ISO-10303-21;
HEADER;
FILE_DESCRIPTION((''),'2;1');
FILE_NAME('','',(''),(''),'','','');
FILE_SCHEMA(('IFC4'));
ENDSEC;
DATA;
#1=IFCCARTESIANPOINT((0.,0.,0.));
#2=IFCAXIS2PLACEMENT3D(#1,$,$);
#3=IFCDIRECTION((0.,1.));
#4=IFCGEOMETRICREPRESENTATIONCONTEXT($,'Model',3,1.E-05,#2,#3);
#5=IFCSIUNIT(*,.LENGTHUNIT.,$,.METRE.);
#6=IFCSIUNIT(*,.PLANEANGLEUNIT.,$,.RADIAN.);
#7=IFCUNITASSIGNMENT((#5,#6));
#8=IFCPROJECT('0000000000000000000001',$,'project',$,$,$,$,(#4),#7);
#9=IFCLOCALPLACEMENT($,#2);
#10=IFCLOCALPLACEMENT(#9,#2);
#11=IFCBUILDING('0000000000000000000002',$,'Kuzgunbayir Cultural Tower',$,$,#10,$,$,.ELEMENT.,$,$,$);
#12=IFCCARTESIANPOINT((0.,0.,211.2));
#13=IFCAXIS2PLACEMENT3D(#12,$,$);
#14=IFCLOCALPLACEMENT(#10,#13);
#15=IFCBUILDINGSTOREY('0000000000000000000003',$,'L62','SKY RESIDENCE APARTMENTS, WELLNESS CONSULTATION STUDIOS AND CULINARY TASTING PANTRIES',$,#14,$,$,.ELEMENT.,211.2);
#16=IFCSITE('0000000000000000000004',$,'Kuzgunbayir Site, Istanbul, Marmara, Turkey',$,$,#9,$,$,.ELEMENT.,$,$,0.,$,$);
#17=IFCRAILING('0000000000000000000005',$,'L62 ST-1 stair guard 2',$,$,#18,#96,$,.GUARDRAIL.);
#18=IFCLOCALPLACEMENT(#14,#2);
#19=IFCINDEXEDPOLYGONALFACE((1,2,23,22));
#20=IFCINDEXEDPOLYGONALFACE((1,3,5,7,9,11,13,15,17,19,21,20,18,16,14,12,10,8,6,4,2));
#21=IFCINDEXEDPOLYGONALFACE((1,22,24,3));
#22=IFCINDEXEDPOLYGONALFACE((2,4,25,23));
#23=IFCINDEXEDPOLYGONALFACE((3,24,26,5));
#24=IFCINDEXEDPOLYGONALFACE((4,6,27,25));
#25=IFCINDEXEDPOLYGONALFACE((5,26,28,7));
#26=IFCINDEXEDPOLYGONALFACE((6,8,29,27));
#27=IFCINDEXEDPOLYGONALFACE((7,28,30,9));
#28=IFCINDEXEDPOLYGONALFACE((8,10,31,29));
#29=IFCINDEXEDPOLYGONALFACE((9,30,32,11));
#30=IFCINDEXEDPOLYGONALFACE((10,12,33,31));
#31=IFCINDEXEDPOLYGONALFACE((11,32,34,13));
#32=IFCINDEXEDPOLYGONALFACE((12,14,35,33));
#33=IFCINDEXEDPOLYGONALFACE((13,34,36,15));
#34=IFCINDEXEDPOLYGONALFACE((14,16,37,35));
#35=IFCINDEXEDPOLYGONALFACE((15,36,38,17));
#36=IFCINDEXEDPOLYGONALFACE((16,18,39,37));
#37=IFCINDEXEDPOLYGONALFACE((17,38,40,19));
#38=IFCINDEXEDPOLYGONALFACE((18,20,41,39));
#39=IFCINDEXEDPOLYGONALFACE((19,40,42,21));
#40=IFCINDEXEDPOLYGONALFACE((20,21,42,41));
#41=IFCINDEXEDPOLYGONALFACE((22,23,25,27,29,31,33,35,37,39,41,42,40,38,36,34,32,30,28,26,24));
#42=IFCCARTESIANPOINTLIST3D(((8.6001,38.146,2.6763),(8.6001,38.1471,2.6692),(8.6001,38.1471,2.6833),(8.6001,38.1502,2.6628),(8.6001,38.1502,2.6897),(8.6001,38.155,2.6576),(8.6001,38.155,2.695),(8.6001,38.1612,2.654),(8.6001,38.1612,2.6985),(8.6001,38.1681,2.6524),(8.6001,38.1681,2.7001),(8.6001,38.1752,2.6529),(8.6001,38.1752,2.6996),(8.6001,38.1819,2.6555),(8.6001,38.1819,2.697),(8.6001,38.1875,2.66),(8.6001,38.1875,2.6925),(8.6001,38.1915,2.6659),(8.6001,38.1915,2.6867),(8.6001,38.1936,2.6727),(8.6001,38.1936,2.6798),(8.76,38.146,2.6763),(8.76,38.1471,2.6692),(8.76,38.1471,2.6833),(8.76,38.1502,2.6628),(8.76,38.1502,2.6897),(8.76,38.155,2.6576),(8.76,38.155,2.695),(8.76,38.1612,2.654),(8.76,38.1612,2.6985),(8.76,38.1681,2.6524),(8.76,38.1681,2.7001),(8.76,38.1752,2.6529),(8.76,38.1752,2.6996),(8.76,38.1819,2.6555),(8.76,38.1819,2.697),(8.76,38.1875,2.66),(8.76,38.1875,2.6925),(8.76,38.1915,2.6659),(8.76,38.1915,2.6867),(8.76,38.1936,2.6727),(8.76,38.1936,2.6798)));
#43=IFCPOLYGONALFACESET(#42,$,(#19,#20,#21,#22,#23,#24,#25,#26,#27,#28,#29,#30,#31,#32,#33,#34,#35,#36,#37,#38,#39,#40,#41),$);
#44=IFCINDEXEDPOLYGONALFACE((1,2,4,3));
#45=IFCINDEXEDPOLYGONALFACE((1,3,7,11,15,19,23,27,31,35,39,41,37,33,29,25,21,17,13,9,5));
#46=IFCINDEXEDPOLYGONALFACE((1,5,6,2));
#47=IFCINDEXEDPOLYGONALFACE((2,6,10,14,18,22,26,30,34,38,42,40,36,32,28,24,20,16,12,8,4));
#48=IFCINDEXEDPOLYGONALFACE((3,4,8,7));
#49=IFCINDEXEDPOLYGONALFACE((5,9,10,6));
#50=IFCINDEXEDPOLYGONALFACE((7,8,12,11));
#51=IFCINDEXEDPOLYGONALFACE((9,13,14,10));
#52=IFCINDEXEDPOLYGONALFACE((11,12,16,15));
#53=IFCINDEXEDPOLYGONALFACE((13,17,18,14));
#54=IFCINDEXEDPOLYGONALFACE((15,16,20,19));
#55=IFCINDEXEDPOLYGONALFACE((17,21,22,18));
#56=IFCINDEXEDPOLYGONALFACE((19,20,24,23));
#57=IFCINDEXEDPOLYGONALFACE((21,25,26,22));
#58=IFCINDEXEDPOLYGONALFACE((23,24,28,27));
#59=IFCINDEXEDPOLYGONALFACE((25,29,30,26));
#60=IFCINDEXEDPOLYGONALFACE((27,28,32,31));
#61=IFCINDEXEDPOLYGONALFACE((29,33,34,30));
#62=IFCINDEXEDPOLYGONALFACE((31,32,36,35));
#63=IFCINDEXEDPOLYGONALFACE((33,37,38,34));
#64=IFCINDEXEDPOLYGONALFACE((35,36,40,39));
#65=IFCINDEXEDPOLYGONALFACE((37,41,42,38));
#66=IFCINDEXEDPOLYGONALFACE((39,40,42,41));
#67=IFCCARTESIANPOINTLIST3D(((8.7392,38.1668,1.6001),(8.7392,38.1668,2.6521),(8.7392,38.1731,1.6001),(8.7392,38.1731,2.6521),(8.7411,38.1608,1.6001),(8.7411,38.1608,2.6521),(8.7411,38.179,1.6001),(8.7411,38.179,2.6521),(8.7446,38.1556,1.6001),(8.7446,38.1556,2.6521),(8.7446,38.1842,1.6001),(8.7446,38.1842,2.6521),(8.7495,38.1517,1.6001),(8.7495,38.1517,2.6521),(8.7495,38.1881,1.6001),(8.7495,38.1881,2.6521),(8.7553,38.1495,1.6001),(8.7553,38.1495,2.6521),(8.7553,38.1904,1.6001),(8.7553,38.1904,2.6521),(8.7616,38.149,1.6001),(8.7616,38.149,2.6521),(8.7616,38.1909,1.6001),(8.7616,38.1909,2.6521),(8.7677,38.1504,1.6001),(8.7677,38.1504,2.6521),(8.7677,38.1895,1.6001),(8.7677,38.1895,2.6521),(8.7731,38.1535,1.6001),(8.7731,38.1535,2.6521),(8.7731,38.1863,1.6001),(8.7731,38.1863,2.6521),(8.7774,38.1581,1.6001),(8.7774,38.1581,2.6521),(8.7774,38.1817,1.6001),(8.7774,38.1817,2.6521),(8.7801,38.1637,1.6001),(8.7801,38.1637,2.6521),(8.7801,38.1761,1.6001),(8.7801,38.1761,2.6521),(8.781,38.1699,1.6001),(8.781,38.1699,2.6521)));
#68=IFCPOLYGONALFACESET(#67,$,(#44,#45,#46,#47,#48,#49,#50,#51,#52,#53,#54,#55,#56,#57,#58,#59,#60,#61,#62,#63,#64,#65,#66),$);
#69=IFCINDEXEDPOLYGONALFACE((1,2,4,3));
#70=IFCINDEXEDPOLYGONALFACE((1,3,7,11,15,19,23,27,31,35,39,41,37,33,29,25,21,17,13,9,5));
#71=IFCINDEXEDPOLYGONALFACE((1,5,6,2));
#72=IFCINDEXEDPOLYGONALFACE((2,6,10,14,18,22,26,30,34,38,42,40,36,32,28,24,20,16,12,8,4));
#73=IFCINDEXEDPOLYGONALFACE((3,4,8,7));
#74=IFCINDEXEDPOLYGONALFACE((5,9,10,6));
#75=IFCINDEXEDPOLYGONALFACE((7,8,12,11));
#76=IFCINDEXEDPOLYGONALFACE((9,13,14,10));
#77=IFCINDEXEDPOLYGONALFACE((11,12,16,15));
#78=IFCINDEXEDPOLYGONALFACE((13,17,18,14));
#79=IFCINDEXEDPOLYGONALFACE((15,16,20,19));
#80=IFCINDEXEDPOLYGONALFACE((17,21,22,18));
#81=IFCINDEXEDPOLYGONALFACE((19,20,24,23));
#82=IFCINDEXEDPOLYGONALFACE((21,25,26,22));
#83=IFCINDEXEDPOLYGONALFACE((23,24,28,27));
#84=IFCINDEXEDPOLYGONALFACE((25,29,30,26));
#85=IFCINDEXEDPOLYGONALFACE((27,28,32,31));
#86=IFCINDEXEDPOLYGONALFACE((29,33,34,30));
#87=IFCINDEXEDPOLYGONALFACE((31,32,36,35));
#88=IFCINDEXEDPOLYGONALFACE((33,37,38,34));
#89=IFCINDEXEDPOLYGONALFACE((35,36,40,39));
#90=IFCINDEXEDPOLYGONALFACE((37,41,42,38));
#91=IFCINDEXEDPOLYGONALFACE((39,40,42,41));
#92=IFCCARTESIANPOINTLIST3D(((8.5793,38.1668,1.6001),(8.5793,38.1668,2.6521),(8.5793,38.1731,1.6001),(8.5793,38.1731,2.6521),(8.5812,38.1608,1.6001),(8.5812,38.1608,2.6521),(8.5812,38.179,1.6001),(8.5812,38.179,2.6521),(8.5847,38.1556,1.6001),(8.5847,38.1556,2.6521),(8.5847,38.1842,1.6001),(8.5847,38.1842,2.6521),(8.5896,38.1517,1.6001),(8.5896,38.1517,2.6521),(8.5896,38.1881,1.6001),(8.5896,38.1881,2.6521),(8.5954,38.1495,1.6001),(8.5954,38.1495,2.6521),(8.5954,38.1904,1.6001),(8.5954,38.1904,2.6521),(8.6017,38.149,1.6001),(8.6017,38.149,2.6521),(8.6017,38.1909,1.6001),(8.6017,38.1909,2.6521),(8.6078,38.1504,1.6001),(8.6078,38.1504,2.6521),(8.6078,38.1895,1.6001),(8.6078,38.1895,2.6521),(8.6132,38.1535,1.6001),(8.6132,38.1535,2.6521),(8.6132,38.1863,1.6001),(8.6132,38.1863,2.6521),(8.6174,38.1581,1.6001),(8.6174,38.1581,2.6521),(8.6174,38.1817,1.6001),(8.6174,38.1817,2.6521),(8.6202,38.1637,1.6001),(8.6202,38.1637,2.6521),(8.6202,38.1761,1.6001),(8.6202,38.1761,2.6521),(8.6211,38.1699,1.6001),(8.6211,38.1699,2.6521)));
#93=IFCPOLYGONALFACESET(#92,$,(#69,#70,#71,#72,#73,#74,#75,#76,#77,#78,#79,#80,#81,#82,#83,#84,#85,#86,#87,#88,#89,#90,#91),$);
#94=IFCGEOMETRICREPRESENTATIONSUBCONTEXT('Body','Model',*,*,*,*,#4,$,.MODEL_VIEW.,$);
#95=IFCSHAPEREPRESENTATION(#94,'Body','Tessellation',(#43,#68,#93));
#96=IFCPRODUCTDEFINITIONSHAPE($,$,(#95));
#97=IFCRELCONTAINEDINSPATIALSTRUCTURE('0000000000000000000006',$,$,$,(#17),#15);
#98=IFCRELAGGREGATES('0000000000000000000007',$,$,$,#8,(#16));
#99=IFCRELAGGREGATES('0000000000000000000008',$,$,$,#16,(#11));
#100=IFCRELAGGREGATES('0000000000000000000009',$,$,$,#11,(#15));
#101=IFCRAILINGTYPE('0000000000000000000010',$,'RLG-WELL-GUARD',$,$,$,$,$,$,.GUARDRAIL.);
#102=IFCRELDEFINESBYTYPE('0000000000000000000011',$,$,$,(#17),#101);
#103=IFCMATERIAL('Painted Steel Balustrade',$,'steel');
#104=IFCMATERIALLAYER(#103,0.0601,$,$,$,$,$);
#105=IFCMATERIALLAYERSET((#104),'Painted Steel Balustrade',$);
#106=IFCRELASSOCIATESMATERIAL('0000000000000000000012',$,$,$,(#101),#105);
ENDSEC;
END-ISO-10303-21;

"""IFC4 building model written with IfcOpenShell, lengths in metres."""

from ifc_helpers import new_model, si_unit, direction, frame, origin, origin_2d, place, context, subcontext, project, spatial, circle, extrude, material, layer, layer_set, type_object, element, save


model = new_model("IFC4")

# Units and contexts
model_context = context("Model", 3, precision=1e-05, world=origin(), true_north=direction((0.0, 1.0)))
body_context = subcontext(model_context, "Body", "Model", "MODEL_VIEW")
ifc_project = project(units=[si_unit("LENGTHUNIT", "METRE"), si_unit("PLANEANGLEUNIT", "RADIAN")], contexts=[model_context])

# Site, building, storey
site_placement = place(None, origin())
site = spatial("IfcSite", under=ifc_project, at=site_placement, Name="Kuzgunbayir Site, Istanbul, Marmara, Turkey", CompositionType="ELEMENT", RefElevation=0.0)
building_placement = place(site_placement, origin())
building = spatial("IfcBuilding", under=site, at=building_placement, Name="Kuzgunbayir Cultural Tower", CompositionType="ELEMENT")
storey_placement = place(building_placement, frame((0.0, 0.0, 211.2)))
storey = spatial("IfcBuildingStorey", under=building, at=storey_placement, Name="L62", Description="SKY RESIDENCE APARTMENTS, WELLNESS CONSULTATION STUDIOS AND CULINARY TASTING PANTRIES", CompositionType="ELEMENT", Elevation=211.2)

# Railing
ifc_material_1 = material(Name="Painted Steel Balustrade", Category="steel")
ifc_layer_1 = layer(ifc_material_1, 0.0601)
ifc_layer_set_1 = layer_set([ifc_layer_1], Name="Painted Steel Balustrade")
railing_type_1 = type_object("IfcRailingType", Name="RLG-WELL-GUARD", PredefinedType="GUARDRAIL", material=ifc_layer_set_1)
railing_1_placement = place(storey_placement, frame((8.76, 38.1699, 1.6001)))
element("IfcRailing", 1, at=railing_1_placement, inside=storey, type_object=railing_type_1, Name="L62 ST-1 stair guard 2", PredefinedType="GUARDRAIL", context=body_context, shape_type="SweptSolid", body=[
    extrude(circle(Radius=0.0239, at=origin_2d()), frame((0.0, 0.0, 1.0762), z_axis=(-1.0, 0.0, 0.0), x_axis=(0.0, -1.0, 0.0)), (0.0, 0.0, 1.0), 0.1599),
    extrude(circle(Radius=0.021, at=origin_2d()), origin(), (0.0, 0.0, 1.0), 1.052),
    extrude(circle(Radius=0.021, at=origin_2d()), frame((-0.1599, 0.0, 0.0)), (0.0, 0.0, 1.0), 1.052),
])

save(model, "model.ifc")
